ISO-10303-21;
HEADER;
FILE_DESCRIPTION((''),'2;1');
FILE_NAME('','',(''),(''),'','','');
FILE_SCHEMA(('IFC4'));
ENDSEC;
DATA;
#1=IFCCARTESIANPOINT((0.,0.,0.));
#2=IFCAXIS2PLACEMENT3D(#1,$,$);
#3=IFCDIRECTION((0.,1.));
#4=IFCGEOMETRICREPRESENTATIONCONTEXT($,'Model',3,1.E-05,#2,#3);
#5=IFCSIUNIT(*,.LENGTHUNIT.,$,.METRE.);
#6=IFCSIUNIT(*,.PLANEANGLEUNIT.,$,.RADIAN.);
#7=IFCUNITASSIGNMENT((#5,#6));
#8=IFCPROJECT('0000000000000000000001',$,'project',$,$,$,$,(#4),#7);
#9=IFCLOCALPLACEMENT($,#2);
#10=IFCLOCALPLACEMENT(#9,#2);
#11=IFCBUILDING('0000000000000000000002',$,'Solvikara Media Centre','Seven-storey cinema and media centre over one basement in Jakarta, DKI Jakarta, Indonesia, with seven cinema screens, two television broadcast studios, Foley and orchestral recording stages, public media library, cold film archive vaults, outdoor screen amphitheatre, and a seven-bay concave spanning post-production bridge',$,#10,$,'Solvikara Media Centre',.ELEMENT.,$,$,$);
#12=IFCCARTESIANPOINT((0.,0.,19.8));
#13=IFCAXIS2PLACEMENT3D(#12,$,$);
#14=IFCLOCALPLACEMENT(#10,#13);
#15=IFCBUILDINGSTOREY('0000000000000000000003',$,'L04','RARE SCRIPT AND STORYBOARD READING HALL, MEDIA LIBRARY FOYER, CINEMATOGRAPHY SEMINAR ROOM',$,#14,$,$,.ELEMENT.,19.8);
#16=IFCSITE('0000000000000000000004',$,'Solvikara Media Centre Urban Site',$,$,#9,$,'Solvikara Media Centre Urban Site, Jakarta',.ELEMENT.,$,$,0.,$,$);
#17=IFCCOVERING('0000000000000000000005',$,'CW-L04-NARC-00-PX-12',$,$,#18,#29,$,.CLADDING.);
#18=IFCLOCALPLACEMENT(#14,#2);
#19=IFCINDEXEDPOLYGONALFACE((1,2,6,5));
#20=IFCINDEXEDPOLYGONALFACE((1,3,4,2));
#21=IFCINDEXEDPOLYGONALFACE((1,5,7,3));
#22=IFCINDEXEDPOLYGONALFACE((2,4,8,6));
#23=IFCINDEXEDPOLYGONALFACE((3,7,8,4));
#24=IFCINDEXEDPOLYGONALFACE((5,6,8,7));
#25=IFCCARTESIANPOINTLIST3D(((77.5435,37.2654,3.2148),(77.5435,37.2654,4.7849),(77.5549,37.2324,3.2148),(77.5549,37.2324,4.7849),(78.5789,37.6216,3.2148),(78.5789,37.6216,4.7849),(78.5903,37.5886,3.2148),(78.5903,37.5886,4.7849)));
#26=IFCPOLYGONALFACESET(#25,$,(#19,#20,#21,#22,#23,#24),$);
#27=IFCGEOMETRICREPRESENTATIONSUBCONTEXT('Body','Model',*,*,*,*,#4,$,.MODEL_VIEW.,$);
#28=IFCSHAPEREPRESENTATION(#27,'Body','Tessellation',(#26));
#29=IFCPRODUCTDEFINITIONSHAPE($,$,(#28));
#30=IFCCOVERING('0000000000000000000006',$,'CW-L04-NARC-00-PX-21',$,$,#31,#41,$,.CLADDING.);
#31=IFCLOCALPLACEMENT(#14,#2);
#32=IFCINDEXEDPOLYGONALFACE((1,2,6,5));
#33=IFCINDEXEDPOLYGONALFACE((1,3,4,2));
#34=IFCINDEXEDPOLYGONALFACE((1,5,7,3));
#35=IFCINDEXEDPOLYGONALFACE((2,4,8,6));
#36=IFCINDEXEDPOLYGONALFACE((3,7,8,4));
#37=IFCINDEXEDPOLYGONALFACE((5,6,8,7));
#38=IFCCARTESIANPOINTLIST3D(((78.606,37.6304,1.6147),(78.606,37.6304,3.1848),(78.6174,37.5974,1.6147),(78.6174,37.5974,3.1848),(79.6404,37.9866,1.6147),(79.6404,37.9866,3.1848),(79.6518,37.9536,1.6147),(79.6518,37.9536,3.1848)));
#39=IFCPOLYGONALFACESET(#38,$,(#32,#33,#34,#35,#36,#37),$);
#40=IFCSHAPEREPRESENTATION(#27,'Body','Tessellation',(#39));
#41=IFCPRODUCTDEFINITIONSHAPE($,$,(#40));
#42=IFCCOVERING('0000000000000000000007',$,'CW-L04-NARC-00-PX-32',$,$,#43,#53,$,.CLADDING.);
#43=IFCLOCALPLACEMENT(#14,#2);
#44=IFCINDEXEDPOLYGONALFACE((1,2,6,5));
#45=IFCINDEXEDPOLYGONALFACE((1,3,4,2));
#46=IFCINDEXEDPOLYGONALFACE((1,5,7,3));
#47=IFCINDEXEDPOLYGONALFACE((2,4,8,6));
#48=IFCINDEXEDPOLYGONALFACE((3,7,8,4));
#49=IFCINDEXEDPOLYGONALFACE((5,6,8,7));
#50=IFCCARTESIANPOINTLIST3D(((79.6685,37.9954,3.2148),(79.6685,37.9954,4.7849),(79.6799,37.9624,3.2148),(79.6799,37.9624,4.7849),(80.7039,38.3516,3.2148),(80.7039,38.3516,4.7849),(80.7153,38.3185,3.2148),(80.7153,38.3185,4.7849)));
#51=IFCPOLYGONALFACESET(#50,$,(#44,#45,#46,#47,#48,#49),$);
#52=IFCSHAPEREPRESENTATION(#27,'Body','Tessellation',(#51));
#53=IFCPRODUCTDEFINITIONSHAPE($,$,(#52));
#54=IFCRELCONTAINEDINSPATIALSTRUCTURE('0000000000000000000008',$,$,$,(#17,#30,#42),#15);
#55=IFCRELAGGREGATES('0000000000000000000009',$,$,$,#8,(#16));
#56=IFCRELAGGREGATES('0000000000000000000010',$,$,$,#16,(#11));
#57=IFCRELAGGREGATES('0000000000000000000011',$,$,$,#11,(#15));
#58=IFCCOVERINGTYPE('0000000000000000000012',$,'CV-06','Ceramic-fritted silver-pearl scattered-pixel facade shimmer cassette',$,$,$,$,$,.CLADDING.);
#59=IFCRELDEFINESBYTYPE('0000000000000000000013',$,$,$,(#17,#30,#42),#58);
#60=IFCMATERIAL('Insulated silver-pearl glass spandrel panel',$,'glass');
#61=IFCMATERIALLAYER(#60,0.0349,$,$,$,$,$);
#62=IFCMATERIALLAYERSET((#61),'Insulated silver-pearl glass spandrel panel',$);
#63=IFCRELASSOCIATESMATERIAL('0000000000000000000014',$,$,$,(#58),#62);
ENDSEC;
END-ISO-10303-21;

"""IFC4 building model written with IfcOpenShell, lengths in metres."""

from ifc_helpers import new_model, si_unit, direction, frame, origin, origin_2d, place, context, subcontext, project, spatial, rectangle, extrude, material, layer, layer_set, type_object, element, save


model = new_model("IFC4")

# Units and contexts
model_context = context("Model", 3, precision=1e-05, world=origin(), true_north=direction((0.0, 1.0)))
body_context = subcontext(model_context, "Body", "Model", "MODEL_VIEW")
ifc_project = project(units=[si_unit("LENGTHUNIT", "METRE"), si_unit("PLANEANGLEUNIT", "RADIAN")], contexts=[model_context])

# Site, building, storey
site_placement = place(None, origin())
site = spatial("IfcSite", under=ifc_project, at=site_placement, Name="Solvikara Media Centre Urban Site", LongName="Solvikara Media Centre Urban Site, Jakarta", CompositionType="ELEMENT", RefElevation=0.0)
building_placement = place(site_placement, origin())
building = spatial("IfcBuilding", under=site, at=building_placement, Name="Solvikara Media Centre", Description="Seven-storey cinema and media centre over one basement in Jakarta, DKI Jakarta, Indonesia, with seven cinema screens, two television broadcast studios, Foley and orchestral recording stages, public media library, cold film archive vaults, outdoor screen amphitheatre, and a seven-bay concave spanning post-production bridge", LongName="Solvikara Media Centre", CompositionType="ELEMENT")
storey_placement = place(building_placement, frame((0.0, 0.0, 19.8)))
storey = spatial("IfcBuildingStorey", under=building, at=storey_placement, Name="L04", Description="RARE SCRIPT AND STORYBOARD READING HALL, MEDIA LIBRARY FOYER, CINEMATOGRAPHY SEMINAR ROOM", CompositionType="ELEMENT", Elevation=19.8)

# Shared definitions
ifc_material_1 = material(Name="Insulated silver-pearl glass spandrel panel", Category="glass")

# Coverings
ifc_layer_1 = layer(ifc_material_1, 0.0349)
ifc_layer_set_1 = layer_set([ifc_layer_1], Name="Insulated silver-pearl glass spandrel panel")
covering_type_1 = type_object("IfcCoveringType", Name="CV-06", Description="Ceramic-fritted silver-pearl scattered-pixel facade shimmer cassette", PredefinedType="CLADDING", material=ifc_layer_set_1)
covering_1_placement = place(storey_placement, frame((78.0669, 37.427, 3.2148), z_axis=(0.0, 0.0, 1.0), x_axis=(0.945626, 0.325255, 0.0)))
element("IfcCovering", 1, at=covering_1_placement, inside=storey, type_object=covering_type_1, Name="CW-L04-NARC-00-PX-12", PredefinedType="CLADDING", context=body_context, shape_type="SweptSolid", body=[
    extrude(rectangle(XDim=1.095, YDim=0.0349, at=origin_2d()), origin(), (0.0, 0.0, 1.0), 1.5701),
])
covering_2_placement = place(storey_placement, frame((79.1289, 37.792, 1.6147), z_axis=(0.0, 0.0, 1.0), x_axis=(0.94553, 0.325535, 0.0)))
element("IfcCovering", 2, at=covering_2_placement, inside=storey, type_object=covering_type_1, Name="CW-L04-NARC-00-PX-21", PredefinedType="CLADDING", context=body_context, shape_type="SweptSolid", body=[
    extrude(rectangle(XDim=1.094, YDim=0.0349, at=origin_2d()), origin(), (0.0, 0.0, 1.0), 1.5701),
])
covering_3_placement = place(storey_placement, frame((80.1919, 38.157, 3.2148), z_axis=(0.0, 0.0, 1.0), x_axis=(0.945626, 0.325255, 0.0)))
element("IfcCovering", 3, at=covering_3_placement, inside=storey, type_object=covering_type_1, Name="CW-L04-NARC-00-PX-32", PredefinedType="CLADDING", context=body_context, shape_type="SweptSolid", body=[
    extrude(rectangle(XDim=1.095, YDim=0.0349, at=origin_2d()), origin(), (0.0, 0.0, 1.0), 1.5701),
])

save(model, "model.ifc")
